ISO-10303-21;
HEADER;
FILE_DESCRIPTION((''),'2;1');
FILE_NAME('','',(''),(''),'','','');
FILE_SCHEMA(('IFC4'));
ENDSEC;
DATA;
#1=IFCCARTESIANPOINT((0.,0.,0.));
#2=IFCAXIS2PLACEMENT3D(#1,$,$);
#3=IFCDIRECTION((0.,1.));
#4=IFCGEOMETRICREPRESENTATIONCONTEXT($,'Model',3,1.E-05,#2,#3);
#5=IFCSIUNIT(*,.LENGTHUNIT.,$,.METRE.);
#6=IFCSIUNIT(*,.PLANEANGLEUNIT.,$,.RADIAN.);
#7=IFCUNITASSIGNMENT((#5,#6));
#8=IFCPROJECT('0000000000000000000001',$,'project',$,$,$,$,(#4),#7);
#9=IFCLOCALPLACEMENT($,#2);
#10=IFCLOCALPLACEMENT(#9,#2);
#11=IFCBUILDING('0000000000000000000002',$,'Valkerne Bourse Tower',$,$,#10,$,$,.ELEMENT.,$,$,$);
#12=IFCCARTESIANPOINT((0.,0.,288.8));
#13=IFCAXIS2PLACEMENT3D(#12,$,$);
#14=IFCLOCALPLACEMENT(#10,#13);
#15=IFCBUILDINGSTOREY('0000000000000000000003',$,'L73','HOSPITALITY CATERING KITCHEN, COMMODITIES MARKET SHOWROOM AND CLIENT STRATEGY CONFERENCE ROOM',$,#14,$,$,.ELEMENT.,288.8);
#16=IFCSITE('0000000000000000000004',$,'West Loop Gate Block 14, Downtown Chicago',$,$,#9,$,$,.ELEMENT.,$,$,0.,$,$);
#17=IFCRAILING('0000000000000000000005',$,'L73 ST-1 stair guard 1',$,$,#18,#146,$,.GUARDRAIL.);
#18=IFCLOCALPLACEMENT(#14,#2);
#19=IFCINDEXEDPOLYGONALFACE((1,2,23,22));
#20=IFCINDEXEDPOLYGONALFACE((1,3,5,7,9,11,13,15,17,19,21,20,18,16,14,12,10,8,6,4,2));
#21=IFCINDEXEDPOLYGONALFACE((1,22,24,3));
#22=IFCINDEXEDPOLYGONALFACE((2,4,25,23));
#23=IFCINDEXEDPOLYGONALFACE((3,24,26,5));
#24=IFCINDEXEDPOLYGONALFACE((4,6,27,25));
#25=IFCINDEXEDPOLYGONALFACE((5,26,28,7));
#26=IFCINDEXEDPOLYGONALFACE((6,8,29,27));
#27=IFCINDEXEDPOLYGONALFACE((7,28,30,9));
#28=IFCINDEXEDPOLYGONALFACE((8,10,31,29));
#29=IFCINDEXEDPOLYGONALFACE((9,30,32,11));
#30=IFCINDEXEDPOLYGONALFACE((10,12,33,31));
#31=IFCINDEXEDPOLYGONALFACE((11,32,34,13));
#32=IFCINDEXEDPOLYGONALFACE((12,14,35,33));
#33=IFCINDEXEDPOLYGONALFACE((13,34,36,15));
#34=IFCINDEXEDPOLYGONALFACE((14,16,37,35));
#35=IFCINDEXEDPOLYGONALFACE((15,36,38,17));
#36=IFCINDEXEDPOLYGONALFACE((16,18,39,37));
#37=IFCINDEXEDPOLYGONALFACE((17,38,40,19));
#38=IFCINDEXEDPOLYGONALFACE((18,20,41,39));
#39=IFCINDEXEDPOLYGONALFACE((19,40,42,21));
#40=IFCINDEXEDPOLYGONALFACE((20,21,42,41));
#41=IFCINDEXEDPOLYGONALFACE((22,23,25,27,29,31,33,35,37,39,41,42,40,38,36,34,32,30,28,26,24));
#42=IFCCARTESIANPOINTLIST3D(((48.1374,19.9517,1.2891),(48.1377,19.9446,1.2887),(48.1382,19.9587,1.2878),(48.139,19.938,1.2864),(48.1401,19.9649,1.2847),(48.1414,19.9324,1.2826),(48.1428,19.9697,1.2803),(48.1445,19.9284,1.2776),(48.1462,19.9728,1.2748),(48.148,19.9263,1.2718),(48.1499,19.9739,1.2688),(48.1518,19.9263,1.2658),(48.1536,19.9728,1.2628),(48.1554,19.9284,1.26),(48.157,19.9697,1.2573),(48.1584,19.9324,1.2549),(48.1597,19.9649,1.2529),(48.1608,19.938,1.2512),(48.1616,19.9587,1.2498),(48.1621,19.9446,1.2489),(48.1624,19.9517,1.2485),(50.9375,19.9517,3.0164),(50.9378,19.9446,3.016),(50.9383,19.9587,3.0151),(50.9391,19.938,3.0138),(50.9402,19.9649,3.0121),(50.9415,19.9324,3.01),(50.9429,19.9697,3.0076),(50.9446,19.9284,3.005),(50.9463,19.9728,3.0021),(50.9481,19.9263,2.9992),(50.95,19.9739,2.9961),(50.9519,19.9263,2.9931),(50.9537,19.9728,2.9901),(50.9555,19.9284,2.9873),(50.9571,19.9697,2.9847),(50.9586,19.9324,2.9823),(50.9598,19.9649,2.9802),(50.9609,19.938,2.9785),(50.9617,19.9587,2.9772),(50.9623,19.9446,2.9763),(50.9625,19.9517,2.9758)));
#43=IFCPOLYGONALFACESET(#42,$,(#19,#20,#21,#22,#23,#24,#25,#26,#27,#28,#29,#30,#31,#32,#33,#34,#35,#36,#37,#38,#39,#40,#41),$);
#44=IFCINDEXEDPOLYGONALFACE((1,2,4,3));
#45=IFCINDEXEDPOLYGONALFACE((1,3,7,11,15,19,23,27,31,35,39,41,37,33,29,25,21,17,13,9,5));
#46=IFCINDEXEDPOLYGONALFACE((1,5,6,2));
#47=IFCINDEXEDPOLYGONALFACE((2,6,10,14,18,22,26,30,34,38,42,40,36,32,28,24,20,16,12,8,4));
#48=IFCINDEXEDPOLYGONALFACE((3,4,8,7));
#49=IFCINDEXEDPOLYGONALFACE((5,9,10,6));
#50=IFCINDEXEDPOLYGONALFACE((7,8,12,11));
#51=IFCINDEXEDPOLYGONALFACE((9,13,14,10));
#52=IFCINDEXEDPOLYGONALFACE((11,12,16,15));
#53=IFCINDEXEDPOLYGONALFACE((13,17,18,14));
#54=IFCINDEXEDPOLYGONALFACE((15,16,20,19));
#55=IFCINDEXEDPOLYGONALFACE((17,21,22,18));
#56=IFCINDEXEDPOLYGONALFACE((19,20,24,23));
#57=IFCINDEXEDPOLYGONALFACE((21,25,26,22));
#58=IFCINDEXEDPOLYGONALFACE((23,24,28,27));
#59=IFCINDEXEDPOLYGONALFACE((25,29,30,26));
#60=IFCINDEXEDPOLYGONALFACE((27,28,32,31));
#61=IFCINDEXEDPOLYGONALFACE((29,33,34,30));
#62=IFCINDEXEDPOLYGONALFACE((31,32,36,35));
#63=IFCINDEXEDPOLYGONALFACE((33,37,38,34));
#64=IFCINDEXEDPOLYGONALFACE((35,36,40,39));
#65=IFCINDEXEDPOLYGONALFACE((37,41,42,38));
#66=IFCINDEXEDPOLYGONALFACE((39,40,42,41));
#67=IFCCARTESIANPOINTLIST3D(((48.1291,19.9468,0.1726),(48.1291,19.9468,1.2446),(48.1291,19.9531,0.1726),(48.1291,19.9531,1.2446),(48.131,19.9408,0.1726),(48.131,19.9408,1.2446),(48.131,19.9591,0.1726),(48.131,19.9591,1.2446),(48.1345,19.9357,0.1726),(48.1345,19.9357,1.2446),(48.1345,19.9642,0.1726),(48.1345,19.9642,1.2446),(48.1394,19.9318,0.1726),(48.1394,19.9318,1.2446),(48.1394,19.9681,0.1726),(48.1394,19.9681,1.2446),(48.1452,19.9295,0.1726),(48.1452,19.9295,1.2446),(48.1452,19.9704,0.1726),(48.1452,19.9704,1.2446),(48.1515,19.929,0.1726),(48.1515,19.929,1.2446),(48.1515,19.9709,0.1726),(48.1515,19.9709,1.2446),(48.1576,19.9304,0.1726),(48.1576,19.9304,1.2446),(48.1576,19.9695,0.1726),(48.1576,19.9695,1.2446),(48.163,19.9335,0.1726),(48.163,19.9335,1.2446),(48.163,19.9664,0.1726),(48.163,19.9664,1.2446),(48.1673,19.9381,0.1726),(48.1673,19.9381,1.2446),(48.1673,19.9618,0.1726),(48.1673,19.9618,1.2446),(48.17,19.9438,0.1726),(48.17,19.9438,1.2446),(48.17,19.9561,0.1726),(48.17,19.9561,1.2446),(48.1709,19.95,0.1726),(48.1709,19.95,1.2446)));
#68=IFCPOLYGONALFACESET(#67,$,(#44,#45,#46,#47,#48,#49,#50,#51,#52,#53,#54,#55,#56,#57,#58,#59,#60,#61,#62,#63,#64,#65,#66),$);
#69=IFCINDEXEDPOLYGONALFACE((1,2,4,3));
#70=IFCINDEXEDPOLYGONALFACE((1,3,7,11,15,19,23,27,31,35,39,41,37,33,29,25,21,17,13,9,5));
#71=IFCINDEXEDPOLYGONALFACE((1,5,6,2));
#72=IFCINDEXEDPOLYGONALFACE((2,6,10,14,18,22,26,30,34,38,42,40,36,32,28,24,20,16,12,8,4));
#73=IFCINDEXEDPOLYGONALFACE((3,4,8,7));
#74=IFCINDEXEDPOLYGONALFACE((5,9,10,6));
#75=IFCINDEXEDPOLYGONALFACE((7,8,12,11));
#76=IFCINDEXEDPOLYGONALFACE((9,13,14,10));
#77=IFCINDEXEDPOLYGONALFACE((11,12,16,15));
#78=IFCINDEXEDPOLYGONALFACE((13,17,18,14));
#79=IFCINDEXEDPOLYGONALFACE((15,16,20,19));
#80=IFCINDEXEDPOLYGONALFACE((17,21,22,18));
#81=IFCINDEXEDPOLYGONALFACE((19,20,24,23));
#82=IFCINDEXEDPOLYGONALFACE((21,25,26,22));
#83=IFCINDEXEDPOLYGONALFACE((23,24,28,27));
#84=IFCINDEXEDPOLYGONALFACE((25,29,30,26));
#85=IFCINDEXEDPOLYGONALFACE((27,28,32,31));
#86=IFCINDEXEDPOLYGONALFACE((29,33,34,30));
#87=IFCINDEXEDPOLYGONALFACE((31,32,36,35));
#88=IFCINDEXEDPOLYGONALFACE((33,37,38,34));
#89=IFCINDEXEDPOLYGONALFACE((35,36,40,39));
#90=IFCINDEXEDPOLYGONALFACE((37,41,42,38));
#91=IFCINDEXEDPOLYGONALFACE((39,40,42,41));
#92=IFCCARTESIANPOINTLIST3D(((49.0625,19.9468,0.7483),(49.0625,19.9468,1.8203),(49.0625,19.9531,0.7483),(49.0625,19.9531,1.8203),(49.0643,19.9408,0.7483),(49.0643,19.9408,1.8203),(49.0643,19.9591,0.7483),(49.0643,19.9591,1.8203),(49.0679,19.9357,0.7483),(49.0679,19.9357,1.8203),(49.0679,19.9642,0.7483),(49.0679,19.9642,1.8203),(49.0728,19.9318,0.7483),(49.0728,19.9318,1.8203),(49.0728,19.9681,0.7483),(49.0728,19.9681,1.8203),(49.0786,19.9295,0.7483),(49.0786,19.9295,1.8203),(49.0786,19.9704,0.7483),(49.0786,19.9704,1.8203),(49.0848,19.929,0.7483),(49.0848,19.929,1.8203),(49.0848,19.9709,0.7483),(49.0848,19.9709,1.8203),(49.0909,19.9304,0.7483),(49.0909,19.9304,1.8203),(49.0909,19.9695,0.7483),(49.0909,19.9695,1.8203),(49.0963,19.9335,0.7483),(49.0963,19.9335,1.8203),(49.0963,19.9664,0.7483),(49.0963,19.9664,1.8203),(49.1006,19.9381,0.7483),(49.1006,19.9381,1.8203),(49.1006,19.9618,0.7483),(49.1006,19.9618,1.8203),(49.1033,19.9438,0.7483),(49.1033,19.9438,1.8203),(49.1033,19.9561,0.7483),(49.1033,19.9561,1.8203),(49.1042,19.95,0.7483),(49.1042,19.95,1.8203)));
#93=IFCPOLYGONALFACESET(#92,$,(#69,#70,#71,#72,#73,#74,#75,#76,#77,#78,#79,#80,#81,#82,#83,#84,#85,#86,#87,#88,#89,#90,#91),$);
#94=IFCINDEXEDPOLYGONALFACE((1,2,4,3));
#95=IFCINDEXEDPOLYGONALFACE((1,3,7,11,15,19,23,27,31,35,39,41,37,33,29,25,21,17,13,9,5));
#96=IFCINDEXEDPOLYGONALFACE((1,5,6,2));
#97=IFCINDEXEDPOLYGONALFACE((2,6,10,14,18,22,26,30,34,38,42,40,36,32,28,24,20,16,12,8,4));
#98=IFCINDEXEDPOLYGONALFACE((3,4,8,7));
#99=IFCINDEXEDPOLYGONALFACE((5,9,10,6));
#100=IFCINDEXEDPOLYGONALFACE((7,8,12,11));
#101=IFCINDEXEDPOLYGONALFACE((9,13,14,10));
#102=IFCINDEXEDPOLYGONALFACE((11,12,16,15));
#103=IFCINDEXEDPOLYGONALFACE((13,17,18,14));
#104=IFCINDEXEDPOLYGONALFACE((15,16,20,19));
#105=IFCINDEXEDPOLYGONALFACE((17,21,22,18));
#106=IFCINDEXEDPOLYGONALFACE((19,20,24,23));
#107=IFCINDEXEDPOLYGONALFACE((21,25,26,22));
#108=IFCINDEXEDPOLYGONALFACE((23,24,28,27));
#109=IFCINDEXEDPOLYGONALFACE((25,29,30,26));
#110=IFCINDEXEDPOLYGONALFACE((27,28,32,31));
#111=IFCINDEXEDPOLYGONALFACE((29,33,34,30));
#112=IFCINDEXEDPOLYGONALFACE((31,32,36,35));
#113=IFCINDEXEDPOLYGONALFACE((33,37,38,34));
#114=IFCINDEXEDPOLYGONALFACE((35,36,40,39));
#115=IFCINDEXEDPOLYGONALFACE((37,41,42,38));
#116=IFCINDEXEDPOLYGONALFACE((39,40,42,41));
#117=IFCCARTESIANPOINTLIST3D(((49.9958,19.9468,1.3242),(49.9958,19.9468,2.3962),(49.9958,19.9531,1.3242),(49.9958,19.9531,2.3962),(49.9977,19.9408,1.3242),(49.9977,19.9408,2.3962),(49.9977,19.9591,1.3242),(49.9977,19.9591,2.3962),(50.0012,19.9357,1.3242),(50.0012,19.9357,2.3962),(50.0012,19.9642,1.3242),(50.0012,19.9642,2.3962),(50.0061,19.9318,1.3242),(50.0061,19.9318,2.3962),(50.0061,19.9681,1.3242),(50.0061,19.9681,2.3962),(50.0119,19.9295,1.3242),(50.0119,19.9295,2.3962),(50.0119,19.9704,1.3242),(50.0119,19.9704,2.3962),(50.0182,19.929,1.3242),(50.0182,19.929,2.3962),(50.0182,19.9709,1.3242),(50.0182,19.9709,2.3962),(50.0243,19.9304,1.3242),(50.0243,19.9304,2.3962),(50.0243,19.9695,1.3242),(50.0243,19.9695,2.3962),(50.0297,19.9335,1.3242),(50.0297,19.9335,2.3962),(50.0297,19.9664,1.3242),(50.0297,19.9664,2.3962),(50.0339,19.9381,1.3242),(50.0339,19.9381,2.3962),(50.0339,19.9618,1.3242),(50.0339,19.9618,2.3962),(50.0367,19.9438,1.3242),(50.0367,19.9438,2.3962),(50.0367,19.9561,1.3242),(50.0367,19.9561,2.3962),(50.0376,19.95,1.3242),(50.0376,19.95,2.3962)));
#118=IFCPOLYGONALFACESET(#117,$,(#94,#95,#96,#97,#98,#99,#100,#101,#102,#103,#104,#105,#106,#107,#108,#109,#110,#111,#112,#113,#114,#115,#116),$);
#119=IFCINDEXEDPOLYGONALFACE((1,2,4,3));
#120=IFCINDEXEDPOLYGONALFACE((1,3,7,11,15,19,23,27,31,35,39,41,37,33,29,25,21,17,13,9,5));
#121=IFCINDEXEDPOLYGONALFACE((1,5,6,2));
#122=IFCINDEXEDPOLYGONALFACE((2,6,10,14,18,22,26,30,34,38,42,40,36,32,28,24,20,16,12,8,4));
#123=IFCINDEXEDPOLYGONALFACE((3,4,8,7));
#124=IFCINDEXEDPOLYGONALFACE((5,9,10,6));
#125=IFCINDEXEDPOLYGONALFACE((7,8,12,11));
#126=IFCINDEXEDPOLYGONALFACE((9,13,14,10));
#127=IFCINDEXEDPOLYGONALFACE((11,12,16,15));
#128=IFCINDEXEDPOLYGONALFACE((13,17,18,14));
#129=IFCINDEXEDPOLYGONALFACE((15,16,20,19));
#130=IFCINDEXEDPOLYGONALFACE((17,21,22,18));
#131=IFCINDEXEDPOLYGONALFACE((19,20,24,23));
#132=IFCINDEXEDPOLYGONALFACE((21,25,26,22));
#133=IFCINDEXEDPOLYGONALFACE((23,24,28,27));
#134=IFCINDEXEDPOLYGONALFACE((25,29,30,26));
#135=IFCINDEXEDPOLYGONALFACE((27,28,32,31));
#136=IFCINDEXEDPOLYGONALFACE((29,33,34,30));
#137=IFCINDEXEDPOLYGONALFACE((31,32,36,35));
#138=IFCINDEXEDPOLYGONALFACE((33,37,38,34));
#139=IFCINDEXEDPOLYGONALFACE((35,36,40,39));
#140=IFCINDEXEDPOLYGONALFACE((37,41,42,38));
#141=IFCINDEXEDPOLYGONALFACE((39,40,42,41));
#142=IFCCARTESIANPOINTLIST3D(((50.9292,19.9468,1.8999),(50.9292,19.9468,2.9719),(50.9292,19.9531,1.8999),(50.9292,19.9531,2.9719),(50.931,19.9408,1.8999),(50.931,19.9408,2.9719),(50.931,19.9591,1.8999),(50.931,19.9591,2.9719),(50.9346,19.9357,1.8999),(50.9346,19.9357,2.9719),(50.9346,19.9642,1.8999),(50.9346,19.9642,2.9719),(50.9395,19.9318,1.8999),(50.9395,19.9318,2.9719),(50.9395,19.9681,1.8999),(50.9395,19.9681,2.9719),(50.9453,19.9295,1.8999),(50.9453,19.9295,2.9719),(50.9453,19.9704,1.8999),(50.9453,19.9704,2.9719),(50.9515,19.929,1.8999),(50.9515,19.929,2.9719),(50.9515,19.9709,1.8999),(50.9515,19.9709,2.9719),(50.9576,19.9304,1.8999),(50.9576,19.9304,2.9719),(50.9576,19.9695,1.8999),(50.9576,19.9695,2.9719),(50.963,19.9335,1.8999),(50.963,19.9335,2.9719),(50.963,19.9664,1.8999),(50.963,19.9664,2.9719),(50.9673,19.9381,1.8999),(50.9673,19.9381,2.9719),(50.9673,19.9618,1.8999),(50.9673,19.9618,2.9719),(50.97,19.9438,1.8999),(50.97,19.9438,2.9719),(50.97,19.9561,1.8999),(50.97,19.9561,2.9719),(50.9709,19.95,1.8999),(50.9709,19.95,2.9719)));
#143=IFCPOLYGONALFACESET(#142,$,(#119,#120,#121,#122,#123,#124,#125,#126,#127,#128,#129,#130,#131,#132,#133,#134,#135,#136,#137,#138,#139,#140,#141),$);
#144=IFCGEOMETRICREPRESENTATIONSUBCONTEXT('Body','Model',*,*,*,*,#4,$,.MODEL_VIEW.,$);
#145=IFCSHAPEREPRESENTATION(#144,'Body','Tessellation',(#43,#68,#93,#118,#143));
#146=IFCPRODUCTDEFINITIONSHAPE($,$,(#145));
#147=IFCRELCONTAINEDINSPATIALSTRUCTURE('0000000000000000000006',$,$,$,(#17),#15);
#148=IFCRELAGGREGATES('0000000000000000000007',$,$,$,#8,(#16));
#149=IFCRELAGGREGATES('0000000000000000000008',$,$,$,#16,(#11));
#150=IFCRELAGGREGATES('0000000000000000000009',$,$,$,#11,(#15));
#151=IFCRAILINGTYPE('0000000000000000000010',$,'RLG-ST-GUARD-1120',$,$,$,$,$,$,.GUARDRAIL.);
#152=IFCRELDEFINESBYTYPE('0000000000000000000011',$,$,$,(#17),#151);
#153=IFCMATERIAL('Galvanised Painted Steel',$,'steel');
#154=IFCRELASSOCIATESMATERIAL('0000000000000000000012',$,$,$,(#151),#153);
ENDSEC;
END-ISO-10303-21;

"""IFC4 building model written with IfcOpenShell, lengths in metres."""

from ifc_helpers import new_model, si_unit, direction, frame, origin, origin_2d, place, context, subcontext, project, spatial, circle, extrude, material, type_object, element, save


model = new_model("IFC4")

# Units and contexts
model_context = context("Model", 3, precision=1e-05, world=origin(), true_north=direction((0.0, 1.0)))
body_context = subcontext(model_context, "Body", "Model", "MODEL_VIEW")
ifc_project = project(units=[si_unit("LENGTHUNIT", "METRE"), si_unit("PLANEANGLEUNIT", "RADIAN")], contexts=[model_context])

# Site, building, storey
site_placement = place(None, origin())
site = spatial("IfcSite", under=ifc_project, at=site_placement, Name="West Loop Gate Block 14, Downtown Chicago", CompositionType="ELEMENT", RefElevation=0.0)
building_placement = place(site_placement, origin())
building = spatial("IfcBuilding", under=site, at=building_placement, Name="Valkerne Bourse Tower", CompositionType="ELEMENT")
storey_placement = place(building_placement, frame((0.0, 0.0, 288.8)))
storey = spatial("IfcBuildingStorey", under=building, at=storey_placement, Name="L73", Description="HOSPITALITY CATERING KITCHEN, COMMODITIES MARKET SHOWROOM AND CLIENT STRATEGY CONFERENCE ROOM", CompositionType="ELEMENT", Elevation=288.8)

# Shared definitions
ifc_material_1 = material(Name="Galvanised Painted Steel", Category="steel")

# Railing
railing_type_1 = type_object("IfcRailingType", Name="RLG-ST-GUARD-1120", PredefinedType="GUARDRAIL", material=ifc_material_1)
railing_1_placement = place(storey_placement, frame((48.1499, 19.95, 0.1726)))
element("IfcRailing", 1, at=railing_1_placement, inside=storey, type_object=railing_type_1, Name="L73 ST-1 stair guard 1", PredefinedType="GUARDRAIL", context=body_context, shape_type="SweptSolid", body=[
    extrude(circle(Radius=0.0239, at=origin_2d()), frame((0.0, 0.0, 1.0962), z_axis=(0.85109, 0.0, 0.52502), x_axis=(0.0, 1.0, 0.0)), (0.0, 0.0, 1.0), 3.29),
    extrude(circle(Radius=0.021, at=origin_2d()), origin(), (0.0, 0.0, 1.0), 1.072),
    extrude(circle(Radius=0.021, at=origin_2d()), frame((0.9333, 0.0, 0.5757)), (0.0, 0.0, 1.0), 1.072),
    extrude(circle(Radius=0.021, at=origin_2d()), frame((1.8667, 0.0, 1.1516)), (0.0, 0.0, 1.0), 1.072),
    extrude(circle(Radius=0.021, at=origin_2d()), frame((2.8, 0.0, 1.7273)), (0.0, 0.0, 1.0), 1.072),
])

save(model, "model.ifc")
